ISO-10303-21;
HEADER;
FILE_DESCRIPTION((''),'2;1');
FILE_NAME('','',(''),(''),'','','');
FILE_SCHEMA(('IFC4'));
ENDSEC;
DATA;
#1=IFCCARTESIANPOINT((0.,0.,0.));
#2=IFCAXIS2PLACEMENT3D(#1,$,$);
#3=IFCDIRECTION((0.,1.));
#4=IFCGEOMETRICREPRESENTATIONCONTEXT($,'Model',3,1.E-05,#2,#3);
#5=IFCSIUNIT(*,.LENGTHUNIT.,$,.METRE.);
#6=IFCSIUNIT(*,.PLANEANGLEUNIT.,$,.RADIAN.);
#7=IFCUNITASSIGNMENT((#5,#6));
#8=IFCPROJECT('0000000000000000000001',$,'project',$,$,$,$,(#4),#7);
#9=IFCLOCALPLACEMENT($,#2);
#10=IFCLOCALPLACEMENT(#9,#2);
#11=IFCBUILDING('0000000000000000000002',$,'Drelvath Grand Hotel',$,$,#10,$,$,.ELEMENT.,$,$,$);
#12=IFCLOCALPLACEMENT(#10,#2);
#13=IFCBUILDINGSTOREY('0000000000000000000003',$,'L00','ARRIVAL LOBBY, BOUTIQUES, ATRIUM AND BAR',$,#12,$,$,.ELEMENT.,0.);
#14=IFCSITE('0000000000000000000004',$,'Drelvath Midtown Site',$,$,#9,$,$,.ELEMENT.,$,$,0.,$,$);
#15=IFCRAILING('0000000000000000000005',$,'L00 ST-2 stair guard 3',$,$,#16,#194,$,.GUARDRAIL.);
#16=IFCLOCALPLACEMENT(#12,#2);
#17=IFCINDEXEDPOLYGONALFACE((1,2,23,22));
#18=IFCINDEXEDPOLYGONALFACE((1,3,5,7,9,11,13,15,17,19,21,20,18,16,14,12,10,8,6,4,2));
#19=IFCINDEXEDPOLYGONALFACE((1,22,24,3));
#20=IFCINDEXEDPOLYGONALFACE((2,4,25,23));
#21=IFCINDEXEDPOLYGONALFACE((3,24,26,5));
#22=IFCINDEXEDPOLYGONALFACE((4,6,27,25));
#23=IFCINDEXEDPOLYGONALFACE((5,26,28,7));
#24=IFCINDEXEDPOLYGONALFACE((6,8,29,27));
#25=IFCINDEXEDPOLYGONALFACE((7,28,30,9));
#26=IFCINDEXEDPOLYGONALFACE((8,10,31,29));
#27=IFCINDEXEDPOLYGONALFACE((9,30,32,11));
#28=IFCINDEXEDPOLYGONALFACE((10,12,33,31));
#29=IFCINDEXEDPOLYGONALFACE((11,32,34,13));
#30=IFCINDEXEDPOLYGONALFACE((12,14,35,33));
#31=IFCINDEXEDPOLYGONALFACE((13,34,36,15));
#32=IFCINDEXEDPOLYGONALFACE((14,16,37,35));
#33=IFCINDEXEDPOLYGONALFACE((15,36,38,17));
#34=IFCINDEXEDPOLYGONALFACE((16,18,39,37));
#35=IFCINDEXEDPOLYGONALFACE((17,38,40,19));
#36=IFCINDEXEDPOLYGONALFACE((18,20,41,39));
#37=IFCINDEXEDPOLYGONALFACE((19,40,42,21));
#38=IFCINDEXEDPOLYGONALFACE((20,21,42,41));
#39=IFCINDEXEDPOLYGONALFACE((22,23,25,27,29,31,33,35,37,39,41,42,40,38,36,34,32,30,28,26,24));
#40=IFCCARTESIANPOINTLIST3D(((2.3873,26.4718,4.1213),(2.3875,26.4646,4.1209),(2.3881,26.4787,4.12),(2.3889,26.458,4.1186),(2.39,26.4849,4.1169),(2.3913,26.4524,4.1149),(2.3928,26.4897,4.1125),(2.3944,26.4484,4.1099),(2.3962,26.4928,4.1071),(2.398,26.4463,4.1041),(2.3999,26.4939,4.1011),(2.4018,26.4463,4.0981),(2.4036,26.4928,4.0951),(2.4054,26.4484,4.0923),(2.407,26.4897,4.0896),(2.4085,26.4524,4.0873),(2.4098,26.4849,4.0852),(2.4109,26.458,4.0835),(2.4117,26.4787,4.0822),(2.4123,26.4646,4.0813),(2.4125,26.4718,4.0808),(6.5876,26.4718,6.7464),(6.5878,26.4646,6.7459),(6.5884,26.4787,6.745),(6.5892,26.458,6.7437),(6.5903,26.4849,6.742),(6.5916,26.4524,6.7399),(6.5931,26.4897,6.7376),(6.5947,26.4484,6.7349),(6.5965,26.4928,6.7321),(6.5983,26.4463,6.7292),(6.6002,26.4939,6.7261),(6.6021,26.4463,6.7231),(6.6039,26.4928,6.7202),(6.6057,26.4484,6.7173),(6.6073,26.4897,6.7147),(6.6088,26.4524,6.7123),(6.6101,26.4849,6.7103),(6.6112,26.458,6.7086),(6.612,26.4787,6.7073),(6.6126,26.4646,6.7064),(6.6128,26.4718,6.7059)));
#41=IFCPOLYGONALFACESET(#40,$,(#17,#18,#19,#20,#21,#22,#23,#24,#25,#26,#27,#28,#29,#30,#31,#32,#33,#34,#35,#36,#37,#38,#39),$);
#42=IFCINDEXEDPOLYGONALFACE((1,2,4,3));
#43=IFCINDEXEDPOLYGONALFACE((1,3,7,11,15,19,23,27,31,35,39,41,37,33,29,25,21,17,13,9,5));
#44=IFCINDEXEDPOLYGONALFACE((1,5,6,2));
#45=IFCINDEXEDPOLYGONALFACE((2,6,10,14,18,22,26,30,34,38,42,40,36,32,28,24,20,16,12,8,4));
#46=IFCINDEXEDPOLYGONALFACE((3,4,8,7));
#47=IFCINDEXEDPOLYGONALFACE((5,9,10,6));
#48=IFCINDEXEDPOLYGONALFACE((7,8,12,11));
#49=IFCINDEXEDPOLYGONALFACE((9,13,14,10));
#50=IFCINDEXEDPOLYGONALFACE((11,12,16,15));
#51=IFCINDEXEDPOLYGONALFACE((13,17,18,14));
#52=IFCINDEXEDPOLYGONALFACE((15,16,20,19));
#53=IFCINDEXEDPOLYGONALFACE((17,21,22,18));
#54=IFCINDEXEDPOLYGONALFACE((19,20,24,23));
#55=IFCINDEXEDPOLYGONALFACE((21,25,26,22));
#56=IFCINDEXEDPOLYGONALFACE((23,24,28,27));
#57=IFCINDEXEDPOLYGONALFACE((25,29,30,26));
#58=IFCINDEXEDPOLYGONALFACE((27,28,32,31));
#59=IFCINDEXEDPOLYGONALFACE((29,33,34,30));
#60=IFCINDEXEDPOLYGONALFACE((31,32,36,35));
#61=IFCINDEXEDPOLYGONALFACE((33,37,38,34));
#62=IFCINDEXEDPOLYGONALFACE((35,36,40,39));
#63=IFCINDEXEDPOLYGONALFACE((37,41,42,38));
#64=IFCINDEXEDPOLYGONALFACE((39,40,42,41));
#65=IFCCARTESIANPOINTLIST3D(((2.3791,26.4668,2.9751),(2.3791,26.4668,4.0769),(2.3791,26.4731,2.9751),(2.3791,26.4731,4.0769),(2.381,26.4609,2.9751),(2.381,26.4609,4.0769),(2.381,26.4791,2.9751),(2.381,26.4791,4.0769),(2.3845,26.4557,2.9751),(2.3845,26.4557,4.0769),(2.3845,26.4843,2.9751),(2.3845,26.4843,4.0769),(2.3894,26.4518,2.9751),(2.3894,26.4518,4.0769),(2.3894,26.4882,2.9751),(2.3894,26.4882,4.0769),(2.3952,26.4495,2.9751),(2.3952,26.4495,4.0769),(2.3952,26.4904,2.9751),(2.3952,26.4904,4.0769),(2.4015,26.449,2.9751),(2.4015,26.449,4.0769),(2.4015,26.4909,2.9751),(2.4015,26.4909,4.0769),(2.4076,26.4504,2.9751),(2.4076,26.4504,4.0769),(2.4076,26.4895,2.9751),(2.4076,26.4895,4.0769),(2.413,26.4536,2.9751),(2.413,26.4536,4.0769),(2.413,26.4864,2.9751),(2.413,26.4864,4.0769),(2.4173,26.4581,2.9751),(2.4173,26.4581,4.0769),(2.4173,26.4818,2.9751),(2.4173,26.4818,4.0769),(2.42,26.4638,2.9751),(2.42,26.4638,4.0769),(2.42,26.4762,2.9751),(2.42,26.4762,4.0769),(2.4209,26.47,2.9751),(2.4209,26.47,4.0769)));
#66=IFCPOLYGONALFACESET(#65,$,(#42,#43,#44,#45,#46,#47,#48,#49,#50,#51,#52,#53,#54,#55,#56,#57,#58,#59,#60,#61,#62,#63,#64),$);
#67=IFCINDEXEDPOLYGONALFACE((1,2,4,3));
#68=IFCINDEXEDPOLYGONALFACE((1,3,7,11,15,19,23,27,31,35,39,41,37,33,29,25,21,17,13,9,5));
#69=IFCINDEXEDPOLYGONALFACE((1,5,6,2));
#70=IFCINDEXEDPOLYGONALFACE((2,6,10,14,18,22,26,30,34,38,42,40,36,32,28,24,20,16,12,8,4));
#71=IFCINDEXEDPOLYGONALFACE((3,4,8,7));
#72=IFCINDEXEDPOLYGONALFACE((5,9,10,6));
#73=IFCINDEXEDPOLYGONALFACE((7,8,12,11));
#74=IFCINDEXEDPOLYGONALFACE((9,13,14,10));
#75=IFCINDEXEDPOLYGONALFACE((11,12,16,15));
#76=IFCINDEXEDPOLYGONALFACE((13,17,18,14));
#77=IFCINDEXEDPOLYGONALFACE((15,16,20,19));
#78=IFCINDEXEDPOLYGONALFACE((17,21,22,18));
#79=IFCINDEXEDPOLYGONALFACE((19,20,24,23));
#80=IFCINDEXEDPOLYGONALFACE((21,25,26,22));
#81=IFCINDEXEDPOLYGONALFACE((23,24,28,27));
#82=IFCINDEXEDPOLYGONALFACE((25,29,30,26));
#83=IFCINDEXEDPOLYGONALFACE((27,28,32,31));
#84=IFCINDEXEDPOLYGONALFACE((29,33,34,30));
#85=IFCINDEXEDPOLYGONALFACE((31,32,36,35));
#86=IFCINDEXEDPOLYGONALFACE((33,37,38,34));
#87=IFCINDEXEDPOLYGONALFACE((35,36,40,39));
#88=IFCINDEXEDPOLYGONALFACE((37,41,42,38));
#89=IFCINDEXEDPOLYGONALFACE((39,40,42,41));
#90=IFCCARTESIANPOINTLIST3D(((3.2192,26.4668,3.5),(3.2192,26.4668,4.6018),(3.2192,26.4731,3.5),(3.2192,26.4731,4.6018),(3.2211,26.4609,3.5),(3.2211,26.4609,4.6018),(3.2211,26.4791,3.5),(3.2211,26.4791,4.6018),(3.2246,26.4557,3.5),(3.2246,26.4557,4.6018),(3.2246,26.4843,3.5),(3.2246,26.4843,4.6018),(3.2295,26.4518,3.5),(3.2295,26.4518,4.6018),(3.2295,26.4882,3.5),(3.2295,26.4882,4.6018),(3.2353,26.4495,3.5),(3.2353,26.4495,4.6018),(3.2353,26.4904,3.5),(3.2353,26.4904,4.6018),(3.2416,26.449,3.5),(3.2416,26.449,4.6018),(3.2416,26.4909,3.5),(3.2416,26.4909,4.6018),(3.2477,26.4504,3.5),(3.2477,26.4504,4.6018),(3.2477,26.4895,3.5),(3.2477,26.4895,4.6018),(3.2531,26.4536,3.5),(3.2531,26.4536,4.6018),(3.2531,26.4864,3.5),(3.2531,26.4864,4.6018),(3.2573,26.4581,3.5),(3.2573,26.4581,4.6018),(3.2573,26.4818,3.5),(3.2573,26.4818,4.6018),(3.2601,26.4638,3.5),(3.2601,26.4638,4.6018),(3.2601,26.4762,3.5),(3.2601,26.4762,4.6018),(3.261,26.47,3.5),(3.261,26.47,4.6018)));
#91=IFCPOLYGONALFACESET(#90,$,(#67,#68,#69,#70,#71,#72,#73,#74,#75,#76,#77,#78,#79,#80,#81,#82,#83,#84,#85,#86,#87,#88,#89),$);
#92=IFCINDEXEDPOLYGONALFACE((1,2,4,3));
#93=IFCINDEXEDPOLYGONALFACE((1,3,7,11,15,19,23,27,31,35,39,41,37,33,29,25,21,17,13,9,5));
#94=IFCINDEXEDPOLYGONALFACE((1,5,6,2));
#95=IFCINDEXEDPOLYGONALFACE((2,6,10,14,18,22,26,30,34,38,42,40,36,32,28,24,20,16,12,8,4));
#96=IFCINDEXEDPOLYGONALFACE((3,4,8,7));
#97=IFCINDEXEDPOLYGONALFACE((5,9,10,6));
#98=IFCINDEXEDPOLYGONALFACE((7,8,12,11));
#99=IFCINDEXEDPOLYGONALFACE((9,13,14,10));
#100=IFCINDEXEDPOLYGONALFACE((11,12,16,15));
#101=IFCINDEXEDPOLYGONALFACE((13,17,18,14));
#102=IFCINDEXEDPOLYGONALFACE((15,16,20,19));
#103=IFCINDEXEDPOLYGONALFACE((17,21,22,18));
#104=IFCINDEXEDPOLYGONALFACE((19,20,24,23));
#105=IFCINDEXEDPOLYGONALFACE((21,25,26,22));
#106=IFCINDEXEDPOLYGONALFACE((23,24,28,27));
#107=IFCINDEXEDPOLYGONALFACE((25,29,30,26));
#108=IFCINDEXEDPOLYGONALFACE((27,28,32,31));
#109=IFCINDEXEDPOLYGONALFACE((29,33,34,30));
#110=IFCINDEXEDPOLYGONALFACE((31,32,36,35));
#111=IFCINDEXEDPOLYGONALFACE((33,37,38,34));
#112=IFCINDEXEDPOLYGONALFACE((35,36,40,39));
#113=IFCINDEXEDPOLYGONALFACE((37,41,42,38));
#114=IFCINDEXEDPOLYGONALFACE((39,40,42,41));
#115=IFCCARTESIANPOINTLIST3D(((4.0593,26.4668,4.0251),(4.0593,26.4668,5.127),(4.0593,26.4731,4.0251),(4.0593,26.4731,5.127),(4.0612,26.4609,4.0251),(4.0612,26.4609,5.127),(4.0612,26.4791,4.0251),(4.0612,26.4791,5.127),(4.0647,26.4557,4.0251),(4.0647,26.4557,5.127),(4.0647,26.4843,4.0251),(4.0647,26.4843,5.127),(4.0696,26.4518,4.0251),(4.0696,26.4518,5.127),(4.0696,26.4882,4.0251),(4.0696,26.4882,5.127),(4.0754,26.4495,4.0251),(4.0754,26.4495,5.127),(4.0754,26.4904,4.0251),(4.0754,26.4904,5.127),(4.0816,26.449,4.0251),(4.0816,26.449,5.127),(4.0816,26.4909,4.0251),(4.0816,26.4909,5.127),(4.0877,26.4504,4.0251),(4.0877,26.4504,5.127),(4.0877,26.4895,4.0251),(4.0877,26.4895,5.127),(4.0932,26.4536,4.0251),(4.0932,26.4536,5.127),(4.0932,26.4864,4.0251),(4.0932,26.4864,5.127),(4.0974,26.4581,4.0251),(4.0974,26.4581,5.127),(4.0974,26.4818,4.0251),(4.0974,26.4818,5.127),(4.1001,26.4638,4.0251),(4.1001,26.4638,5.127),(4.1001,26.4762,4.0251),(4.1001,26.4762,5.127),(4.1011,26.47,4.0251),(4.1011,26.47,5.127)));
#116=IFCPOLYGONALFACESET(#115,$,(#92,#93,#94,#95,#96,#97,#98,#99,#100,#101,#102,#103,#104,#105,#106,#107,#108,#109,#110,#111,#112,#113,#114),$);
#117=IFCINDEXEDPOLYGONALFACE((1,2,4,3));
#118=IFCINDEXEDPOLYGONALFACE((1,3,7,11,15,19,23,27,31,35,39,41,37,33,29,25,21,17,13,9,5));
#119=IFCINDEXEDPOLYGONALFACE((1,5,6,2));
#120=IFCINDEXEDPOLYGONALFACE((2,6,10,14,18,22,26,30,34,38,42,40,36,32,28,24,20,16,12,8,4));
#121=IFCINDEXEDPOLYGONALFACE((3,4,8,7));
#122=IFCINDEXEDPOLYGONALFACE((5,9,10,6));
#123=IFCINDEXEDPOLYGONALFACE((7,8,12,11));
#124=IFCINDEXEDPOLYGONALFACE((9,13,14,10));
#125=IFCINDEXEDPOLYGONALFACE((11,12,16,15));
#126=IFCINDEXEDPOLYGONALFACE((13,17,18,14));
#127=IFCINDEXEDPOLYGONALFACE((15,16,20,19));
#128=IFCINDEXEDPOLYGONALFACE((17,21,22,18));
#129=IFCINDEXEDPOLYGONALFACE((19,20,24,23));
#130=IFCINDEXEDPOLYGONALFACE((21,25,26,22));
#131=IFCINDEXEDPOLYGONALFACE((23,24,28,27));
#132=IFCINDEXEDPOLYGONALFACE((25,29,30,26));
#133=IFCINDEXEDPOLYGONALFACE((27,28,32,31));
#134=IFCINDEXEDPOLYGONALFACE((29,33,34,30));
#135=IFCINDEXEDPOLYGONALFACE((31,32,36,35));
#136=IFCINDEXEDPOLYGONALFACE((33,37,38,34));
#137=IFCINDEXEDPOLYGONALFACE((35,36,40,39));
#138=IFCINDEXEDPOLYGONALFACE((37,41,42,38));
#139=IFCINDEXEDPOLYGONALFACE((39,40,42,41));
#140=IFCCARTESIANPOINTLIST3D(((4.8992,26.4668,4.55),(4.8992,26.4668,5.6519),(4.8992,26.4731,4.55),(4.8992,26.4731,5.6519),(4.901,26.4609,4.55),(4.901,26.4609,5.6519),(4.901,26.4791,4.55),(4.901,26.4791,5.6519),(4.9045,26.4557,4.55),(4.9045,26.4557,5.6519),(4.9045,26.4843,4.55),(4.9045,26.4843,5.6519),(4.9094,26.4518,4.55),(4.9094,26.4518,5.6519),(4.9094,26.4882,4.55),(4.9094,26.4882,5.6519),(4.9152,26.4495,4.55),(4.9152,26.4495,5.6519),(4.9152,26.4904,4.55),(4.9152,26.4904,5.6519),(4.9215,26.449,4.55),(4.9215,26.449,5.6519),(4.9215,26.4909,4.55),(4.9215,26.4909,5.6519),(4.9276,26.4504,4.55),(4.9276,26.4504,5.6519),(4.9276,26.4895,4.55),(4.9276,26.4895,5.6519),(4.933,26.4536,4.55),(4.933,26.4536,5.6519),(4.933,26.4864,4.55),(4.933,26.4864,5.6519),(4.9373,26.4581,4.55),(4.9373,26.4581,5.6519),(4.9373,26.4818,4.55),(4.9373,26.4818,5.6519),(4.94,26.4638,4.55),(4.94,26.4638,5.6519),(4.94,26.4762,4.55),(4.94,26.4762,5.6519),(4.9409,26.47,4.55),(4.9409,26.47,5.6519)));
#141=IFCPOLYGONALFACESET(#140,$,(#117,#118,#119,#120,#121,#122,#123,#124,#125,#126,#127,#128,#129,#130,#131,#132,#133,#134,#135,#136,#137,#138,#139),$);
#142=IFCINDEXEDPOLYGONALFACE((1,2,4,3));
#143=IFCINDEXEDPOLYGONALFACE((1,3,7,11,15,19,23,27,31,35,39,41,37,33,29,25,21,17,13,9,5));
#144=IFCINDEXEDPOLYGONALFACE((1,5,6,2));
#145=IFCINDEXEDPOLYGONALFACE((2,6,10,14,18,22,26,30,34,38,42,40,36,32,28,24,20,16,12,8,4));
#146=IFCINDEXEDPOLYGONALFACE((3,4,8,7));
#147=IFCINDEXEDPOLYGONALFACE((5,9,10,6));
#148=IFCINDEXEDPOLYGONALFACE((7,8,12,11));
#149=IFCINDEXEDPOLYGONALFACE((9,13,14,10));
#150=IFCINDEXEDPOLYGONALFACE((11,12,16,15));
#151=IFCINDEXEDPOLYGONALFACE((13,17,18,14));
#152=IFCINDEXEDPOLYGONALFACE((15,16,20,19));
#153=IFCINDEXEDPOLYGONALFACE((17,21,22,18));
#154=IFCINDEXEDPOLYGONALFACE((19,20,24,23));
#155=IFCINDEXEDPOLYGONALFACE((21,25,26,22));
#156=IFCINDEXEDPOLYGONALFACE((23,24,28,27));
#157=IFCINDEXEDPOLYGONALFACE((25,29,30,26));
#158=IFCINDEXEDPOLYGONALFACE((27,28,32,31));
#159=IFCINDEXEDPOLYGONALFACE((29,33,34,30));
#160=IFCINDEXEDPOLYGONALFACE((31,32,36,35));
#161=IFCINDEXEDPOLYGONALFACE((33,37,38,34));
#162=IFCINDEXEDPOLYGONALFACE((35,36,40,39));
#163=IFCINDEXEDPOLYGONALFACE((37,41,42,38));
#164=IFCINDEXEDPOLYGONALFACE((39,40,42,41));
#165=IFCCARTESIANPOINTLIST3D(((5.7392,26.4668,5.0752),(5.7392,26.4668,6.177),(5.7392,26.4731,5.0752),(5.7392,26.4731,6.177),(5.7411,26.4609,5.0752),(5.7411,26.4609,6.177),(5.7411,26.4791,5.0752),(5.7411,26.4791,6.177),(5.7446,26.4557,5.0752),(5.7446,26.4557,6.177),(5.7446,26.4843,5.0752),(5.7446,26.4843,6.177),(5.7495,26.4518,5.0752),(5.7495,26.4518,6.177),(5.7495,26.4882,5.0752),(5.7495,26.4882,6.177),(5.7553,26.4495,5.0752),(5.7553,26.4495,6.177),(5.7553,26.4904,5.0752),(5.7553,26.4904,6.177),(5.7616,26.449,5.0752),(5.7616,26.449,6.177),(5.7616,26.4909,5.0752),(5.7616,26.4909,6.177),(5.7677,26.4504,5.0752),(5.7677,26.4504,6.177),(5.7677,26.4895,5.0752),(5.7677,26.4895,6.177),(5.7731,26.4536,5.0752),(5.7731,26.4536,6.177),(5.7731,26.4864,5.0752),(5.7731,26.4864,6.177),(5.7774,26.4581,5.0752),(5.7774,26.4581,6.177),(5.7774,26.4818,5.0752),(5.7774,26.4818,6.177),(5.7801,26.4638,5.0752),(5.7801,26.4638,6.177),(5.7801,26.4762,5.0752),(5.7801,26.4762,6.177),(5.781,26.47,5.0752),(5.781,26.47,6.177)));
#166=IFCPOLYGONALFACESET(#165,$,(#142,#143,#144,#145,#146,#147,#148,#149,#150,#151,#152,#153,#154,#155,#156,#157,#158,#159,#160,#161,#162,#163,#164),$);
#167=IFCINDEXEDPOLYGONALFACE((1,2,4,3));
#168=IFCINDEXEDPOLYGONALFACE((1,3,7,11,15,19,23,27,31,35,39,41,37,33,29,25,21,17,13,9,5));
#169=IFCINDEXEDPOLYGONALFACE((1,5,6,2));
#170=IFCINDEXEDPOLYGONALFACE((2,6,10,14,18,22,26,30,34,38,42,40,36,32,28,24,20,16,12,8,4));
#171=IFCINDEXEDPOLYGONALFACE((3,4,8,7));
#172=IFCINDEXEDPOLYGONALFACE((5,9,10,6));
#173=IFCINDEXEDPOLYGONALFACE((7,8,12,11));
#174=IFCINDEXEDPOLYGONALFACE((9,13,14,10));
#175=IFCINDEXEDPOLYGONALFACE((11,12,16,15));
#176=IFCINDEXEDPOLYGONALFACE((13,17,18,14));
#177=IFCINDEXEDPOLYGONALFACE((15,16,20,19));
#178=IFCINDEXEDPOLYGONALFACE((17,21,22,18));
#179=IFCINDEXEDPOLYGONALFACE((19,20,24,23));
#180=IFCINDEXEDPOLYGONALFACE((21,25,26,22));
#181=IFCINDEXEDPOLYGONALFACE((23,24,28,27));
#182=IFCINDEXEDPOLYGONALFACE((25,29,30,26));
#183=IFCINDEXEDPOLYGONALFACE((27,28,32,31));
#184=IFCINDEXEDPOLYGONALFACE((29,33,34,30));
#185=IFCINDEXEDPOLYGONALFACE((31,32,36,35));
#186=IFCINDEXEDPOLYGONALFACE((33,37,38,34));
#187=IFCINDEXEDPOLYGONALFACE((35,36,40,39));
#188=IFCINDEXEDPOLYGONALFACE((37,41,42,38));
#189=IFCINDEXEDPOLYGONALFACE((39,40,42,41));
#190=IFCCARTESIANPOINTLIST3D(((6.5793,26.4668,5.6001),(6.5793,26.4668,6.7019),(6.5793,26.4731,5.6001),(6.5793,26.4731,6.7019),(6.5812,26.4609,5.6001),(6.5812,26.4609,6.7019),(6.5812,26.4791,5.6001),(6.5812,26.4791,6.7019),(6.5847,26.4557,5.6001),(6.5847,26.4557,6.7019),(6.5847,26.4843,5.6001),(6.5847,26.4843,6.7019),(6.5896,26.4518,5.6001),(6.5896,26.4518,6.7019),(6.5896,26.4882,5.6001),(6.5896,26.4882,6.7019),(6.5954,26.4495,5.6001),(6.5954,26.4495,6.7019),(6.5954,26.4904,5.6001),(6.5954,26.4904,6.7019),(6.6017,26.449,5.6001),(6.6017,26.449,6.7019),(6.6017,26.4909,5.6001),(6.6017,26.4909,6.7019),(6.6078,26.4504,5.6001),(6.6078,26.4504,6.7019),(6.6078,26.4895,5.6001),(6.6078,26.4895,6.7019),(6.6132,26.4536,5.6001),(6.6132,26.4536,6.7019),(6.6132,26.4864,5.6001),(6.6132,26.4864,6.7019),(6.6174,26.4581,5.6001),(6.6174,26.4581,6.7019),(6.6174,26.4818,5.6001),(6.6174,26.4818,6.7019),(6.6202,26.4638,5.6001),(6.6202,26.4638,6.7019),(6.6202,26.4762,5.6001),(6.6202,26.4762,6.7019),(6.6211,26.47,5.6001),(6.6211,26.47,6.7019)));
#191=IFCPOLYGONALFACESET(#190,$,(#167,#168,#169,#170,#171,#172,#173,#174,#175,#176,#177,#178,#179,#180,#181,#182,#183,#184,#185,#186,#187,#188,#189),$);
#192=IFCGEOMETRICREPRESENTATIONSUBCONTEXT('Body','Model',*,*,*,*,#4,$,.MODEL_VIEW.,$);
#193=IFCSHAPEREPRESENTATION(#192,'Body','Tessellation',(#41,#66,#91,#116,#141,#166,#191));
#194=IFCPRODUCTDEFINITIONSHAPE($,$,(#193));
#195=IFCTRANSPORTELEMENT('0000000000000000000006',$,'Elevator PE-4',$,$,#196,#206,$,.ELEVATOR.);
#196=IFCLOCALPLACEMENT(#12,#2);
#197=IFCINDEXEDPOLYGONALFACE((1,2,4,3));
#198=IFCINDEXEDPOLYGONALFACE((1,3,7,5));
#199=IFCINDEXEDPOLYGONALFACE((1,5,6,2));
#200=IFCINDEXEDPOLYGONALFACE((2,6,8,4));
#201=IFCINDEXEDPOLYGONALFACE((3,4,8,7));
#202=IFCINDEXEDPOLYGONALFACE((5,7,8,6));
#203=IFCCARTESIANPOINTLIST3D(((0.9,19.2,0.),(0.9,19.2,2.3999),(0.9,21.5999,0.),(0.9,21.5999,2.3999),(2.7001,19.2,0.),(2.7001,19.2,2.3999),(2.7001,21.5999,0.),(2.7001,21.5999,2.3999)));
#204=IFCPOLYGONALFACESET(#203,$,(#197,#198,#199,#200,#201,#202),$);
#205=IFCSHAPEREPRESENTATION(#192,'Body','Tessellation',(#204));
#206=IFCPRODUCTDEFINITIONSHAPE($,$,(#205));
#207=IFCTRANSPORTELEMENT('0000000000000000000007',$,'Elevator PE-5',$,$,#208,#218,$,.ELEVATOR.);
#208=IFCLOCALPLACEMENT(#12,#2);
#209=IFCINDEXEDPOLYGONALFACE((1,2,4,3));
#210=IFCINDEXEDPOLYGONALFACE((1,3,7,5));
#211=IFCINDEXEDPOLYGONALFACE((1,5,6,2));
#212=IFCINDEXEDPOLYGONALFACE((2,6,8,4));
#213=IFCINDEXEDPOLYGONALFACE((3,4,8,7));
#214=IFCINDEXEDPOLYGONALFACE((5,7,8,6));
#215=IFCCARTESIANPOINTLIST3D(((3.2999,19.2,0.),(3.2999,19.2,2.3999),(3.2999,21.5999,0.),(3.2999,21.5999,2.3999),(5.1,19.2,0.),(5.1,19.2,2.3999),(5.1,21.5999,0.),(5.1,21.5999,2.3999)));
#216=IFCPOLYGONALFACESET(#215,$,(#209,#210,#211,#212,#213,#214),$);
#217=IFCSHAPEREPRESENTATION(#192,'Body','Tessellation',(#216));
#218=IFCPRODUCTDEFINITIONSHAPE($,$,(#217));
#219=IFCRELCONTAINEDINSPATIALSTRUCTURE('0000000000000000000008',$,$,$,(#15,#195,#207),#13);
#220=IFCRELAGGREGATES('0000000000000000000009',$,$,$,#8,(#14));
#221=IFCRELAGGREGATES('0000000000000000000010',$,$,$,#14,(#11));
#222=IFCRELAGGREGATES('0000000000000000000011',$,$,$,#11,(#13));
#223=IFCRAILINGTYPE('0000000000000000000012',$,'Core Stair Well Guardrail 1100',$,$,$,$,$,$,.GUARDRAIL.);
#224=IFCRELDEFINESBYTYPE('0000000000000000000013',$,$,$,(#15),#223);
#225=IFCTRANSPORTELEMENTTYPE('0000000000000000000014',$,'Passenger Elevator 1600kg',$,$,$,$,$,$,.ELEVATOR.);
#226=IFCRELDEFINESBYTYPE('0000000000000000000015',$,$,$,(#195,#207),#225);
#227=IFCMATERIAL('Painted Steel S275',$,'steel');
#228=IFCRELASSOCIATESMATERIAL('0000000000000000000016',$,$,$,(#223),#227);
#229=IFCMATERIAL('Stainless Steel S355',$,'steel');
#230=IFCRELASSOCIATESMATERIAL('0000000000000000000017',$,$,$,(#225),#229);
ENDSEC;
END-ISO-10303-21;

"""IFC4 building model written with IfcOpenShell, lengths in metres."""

from ifc_helpers import new_model, si_unit, direction, frame, origin, origin_2d, place, context, subcontext, project, spatial, rectangle, circle, extrude, material, type_object, element, save


model = new_model("IFC4")

# Units and contexts
model_context = context("Model", 3, precision=1e-05, world=origin(), true_north=direction((0.0, 1.0)))
body_context = subcontext(model_context, "Body", "Model", "MODEL_VIEW")
ifc_project = project(units=[si_unit("LENGTHUNIT", "METRE"), si_unit("PLANEANGLEUNIT", "RADIAN")], contexts=[model_context])

# Site, building, storey
site_placement = place(None, origin())
site = spatial("IfcSite", under=ifc_project, at=site_placement, Name="Drelvath Midtown Site", CompositionType="ELEMENT", RefElevation=0.0)
building_placement = place(site_placement, origin())
building = spatial("IfcBuilding", under=site, at=building_placement, Name="Drelvath Grand Hotel", CompositionType="ELEMENT")
storey_placement = place(building_placement, origin())
storey = spatial("IfcBuildingStorey", under=building, at=storey_placement, Name="L00", Description="ARRIVAL LOBBY, BOUTIQUES, ATRIUM AND BAR", CompositionType="ELEMENT", Elevation=0.0)

# Shared definitions
ifc_material_1 = material(Name="Stainless Steel S355", Category="steel")

# Shared definitions
ifc_material_2 = material(Name="Painted Steel S275", Category="steel")

# Railing
railing_type_1 = type_object("IfcRailingType", Name="Core Stair Well Guardrail 1100", PredefinedType="GUARDRAIL", material=ifc_material_2)
railing_1_placement = place(storey_placement, frame((2.3999, 26.47, 2.9751)))
element("IfcRailing", 1, at=railing_1_placement, inside=storey, type_object=railing_type_1, Name="L00 ST-2 stair guard 3", PredefinedType="GUARDRAIL", context=body_context, shape_type="SweptSolid", body=[
    extrude(circle(Radius=0.0239, at=origin_2d()), frame((0.0, 0.0, 1.126), z_axis=(0.848009, 0.0, 0.529981), x_axis=(0.0, 1.0, 0.0)), (0.0, 0.0, 1.0), 4.9531),
    extrude(circle(Radius=0.021, at=origin_2d()), origin(), (0.0, 0.0, 1.0), 1.1018),
    extrude(circle(Radius=0.021, at=origin_2d()), frame((0.8401, 0.0, 0.5249)), (0.0, 0.0, 1.0), 1.1018),
    extrude(circle(Radius=0.021, at=origin_2d()), frame((1.6802, 0.0, 1.05)), (0.0, 0.0, 1.0), 1.1018),
    extrude(circle(Radius=0.021, at=origin_2d()), frame((2.52, 0.0, 1.575)), (0.0, 0.0, 1.0), 1.1018),
    extrude(circle(Radius=0.021, at=origin_2d()), frame((3.3601, 0.0, 2.1001)), (0.0, 0.0, 1.0), 1.1018),
    extrude(circle(Radius=0.021, at=origin_2d()), frame((4.2002, 0.0, 2.625)), (0.0, 0.0, 1.0), 1.1018),
])

# Transport elements
transport_element_type = type_object("IfcTransportElementType", Name="Passenger Elevator 1600kg", PredefinedType="ELEVATOR", material=ifc_material_1)
for number, where, z_axis, x_axis, name in (
    (2, (1.8, 20.3999, 0.0), (0.0, 0.0, 1.0), (1.0, 0.0, 0.0), "Elevator PE-4"),
    (3, (4.2, 20.3999, 0.0), (0.0, 0.0, 1.0), (1.0, 0.0, 0.0), "Elevator PE-5"),
):
    element("IfcTransportElement", number, at=place(storey_placement, frame(where, z_axis=z_axis, x_axis=x_axis)), inside=storey, type_object=transport_element_type, Name=name, PredefinedType="ELEVATOR", context=body_context, shape_type="SweptSolid", body=[
        extrude(rectangle(XDim=1.8, YDim=2.3999, at=origin_2d()), origin(), (0.0, 0.0, 1.0), 2.3999),
    ])

save(model, "model.ifc")
